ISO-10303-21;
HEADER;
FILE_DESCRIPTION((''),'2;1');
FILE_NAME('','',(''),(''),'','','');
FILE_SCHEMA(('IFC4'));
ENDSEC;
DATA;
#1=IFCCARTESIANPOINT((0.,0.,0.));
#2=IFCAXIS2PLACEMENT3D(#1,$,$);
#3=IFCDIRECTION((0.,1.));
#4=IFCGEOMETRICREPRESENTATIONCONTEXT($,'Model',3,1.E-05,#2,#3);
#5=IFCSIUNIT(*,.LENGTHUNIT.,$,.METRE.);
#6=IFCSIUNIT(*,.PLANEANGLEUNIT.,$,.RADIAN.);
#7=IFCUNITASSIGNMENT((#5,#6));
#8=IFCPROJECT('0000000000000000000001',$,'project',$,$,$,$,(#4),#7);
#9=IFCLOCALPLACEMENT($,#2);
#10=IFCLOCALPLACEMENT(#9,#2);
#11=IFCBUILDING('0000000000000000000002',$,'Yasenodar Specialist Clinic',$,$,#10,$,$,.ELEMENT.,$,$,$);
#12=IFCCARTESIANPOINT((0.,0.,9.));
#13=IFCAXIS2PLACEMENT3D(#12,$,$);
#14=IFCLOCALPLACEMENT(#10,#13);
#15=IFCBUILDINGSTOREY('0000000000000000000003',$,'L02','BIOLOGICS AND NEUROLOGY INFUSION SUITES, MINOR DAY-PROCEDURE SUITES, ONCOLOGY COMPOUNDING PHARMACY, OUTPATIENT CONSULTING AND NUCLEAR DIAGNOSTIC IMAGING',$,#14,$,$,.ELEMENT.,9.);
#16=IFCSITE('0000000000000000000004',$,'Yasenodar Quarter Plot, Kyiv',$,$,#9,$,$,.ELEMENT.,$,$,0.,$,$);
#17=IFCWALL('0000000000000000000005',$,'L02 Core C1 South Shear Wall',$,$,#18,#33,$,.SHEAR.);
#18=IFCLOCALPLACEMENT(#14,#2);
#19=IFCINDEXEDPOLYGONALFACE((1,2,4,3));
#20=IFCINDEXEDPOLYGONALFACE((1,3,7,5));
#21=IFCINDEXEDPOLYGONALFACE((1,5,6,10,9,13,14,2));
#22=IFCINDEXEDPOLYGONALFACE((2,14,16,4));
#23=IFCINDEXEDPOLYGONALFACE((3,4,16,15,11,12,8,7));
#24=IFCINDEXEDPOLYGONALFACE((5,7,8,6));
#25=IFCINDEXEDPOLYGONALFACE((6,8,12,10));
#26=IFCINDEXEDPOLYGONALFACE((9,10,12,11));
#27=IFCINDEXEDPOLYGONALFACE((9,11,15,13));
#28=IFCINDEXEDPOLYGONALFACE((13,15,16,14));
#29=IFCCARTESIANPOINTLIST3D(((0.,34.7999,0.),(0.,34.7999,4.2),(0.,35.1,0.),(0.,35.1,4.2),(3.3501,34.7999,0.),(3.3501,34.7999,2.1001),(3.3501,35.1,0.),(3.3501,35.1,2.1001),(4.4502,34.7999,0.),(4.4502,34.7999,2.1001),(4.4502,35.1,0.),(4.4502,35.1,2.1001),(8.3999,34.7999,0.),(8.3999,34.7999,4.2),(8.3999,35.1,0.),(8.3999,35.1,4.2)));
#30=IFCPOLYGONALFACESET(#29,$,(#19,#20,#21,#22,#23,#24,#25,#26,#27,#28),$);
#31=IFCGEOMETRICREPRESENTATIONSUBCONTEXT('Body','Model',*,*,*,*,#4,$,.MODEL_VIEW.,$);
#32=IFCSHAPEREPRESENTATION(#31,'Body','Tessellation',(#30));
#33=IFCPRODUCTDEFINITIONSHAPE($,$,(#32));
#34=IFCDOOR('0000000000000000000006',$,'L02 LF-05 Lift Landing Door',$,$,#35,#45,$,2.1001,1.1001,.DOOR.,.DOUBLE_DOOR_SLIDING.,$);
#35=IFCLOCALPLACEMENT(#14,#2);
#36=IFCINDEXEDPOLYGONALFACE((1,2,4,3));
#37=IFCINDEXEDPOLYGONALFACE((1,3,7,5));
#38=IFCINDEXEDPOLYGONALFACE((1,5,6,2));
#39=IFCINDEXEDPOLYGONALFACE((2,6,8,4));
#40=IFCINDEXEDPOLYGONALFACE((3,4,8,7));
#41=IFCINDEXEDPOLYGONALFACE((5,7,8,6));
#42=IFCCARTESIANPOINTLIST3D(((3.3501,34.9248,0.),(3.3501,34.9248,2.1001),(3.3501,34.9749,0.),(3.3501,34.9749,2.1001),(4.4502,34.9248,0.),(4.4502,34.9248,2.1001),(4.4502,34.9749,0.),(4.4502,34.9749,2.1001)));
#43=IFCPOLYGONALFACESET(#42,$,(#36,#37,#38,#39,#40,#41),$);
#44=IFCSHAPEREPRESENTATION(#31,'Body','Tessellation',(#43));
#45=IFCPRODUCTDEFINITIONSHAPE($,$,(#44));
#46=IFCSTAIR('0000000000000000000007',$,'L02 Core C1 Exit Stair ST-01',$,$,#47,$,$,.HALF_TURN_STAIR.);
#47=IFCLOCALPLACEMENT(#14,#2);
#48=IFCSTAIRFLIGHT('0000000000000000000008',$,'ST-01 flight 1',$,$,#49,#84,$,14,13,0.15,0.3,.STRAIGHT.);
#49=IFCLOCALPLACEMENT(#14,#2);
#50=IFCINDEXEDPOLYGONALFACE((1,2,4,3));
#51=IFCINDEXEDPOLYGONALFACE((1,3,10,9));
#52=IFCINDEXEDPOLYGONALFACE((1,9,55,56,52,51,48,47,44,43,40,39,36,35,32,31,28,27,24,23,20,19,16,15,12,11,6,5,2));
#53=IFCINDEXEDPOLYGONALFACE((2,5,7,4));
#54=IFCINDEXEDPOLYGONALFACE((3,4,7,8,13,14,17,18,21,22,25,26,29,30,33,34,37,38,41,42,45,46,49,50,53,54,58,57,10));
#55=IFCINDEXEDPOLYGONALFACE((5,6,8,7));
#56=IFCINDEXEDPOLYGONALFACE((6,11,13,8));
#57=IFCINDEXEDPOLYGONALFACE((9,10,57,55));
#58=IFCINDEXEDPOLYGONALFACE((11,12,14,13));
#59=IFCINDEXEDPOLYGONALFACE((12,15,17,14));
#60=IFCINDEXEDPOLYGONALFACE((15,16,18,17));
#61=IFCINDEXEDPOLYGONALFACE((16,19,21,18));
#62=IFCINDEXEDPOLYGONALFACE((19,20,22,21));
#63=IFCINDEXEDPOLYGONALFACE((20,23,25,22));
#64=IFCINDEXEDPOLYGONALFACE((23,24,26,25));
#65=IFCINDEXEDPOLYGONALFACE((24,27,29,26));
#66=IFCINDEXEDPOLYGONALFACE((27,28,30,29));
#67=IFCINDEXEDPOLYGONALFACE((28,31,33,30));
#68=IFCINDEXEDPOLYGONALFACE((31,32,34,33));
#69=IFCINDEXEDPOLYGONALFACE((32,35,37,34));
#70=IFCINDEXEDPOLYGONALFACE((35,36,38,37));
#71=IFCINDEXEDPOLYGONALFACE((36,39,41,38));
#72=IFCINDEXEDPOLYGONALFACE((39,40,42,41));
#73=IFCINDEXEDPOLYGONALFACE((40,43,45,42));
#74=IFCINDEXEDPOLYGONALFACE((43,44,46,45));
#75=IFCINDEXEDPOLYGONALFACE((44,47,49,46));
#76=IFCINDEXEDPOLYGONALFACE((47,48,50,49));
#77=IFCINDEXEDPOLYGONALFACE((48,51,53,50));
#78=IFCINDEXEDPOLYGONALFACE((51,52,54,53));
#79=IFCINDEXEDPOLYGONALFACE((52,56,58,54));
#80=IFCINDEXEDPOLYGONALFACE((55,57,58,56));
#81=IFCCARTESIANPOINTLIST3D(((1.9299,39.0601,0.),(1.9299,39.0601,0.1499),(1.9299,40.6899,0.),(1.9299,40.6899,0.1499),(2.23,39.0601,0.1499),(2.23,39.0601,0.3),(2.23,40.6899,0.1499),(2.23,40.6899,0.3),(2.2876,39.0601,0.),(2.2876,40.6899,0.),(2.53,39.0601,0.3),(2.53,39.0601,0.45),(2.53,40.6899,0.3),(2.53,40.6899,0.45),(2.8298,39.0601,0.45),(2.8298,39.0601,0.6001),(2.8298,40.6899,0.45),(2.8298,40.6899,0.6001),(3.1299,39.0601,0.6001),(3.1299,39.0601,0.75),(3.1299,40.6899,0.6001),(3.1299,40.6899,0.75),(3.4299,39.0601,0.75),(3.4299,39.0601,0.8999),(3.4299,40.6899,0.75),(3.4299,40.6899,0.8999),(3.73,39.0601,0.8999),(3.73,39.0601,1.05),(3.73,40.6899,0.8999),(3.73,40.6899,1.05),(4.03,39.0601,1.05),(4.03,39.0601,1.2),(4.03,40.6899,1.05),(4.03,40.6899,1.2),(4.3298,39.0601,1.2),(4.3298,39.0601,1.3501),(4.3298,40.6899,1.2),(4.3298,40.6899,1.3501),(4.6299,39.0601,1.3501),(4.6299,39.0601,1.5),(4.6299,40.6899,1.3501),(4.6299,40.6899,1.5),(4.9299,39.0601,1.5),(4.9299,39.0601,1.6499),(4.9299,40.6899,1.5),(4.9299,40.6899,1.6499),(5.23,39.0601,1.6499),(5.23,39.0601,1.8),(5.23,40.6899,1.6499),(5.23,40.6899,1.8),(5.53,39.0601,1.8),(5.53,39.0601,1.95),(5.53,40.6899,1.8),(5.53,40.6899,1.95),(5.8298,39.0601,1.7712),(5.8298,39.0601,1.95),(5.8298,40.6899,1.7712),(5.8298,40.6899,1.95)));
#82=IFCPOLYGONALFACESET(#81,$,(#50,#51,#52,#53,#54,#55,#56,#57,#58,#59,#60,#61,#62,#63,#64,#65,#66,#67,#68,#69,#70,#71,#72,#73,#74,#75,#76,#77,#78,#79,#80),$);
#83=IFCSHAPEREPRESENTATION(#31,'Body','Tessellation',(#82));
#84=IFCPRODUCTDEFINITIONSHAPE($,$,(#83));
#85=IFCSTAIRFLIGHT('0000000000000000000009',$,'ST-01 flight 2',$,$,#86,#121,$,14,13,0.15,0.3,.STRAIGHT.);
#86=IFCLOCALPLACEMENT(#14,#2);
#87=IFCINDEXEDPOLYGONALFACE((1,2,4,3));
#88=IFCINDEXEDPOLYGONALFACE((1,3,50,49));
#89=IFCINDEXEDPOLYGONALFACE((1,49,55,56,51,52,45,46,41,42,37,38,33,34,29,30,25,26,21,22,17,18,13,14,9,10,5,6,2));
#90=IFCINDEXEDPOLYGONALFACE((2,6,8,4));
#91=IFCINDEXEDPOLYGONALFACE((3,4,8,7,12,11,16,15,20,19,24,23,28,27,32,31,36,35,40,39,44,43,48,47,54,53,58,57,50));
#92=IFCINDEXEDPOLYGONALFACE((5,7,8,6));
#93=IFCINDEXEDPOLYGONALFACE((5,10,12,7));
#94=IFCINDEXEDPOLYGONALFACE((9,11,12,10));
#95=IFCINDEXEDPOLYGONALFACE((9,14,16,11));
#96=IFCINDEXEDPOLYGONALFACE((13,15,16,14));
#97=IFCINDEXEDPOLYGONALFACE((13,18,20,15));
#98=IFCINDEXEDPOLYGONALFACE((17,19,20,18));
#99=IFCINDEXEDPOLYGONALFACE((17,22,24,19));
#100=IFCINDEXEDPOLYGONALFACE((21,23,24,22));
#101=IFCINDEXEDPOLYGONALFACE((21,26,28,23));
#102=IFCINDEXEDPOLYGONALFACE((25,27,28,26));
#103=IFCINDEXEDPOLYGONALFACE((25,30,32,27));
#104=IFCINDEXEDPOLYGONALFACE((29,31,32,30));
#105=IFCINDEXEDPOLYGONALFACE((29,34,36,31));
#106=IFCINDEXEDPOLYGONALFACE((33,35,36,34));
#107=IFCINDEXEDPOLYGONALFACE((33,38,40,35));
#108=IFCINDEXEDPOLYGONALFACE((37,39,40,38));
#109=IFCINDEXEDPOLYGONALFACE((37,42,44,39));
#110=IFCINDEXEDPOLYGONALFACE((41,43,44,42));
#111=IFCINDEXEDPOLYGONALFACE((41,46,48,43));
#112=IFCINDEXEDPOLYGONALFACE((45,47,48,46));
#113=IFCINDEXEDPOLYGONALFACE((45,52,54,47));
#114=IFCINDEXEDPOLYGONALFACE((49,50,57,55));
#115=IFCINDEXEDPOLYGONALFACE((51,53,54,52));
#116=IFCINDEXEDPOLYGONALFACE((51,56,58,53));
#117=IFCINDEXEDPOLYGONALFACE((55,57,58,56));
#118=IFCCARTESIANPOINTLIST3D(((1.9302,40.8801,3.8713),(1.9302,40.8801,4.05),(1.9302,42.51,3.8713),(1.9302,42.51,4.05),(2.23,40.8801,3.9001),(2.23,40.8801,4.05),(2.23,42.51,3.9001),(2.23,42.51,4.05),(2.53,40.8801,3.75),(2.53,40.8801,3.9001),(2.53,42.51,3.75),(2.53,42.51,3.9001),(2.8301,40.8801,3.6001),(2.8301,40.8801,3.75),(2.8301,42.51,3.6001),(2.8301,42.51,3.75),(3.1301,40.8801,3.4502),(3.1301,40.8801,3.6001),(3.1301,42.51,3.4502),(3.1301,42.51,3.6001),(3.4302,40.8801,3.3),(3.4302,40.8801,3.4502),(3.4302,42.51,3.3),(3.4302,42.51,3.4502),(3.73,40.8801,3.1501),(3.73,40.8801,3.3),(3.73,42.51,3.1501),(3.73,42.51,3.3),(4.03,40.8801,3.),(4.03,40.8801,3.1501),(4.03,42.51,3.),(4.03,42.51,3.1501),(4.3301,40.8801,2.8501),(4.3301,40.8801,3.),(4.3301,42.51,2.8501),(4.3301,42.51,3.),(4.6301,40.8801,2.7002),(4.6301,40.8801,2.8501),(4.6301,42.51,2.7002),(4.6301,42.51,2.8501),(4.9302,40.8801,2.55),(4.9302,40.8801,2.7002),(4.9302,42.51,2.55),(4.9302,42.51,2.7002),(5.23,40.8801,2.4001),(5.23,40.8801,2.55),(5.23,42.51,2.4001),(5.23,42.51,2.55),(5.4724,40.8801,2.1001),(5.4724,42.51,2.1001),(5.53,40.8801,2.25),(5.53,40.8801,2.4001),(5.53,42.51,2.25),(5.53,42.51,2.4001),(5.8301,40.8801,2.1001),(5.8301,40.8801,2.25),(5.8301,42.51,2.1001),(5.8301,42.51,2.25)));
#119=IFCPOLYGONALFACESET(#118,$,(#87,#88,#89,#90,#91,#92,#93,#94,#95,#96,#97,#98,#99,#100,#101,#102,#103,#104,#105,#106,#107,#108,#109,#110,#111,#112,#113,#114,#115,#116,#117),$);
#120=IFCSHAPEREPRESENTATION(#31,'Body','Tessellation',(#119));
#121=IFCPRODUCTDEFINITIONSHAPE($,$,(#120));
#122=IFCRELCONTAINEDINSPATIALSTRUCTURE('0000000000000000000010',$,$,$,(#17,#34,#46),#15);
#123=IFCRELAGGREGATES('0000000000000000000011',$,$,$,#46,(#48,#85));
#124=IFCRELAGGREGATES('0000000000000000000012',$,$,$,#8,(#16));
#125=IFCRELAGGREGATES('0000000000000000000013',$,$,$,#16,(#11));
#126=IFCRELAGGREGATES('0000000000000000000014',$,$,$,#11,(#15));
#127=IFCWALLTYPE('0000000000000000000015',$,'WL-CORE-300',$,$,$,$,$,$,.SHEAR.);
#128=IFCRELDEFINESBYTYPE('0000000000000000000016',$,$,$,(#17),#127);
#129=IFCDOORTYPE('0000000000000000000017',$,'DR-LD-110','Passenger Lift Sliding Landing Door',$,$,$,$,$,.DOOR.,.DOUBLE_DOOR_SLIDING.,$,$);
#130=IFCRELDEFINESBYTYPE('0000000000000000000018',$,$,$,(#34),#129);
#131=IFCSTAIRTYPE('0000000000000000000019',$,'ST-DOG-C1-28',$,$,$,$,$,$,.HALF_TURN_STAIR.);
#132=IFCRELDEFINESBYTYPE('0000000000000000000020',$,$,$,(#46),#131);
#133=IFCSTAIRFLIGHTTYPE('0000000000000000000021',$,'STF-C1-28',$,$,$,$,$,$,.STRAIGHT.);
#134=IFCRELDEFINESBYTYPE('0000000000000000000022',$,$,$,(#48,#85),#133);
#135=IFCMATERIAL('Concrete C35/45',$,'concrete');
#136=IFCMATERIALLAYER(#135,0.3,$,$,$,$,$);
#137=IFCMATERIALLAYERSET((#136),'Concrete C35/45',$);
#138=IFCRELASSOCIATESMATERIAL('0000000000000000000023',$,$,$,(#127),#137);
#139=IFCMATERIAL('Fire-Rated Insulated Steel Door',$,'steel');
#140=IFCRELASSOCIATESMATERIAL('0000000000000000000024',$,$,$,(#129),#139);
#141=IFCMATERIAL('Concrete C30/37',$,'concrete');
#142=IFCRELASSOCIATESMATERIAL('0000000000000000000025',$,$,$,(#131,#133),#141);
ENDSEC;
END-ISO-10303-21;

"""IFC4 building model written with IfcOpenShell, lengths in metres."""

from ifc_helpers import new_model, si_unit, direction, frame, frame_2d, origin, place, context, subcontext, project, spatial, polyline, rectangle, outline, extrude, material, layer, layer_set, type_object, element, fill, aggregate, save


model = new_model("IFC4")

# Units and contexts
model_context = context("Model", 3, precision=1e-05, world=origin(), true_north=direction((0.0, 1.0)))
body_context = subcontext(model_context, "Body", "Model", "MODEL_VIEW")
ifc_project = project(units=[si_unit("LENGTHUNIT", "METRE"), si_unit("PLANEANGLEUNIT", "RADIAN")], contexts=[model_context])

# Site, building, storey
site_placement = place(None, origin())
site = spatial("IfcSite", under=ifc_project, at=site_placement, Name="Yasenodar Quarter Plot, Kyiv", CompositionType="ELEMENT", RefElevation=0.0)
building_placement = place(site_placement, origin())
building = spatial("IfcBuilding", under=site, at=building_placement, Name="Yasenodar Specialist Clinic", CompositionType="ELEMENT")
storey_placement = place(building_placement, frame((0.0, 0.0, 9.0)))
storey = spatial("IfcBuildingStorey", under=building, at=storey_placement, Name="L02", Description="BIOLOGICS AND NEUROLOGY INFUSION SUITES, MINOR DAY-PROCEDURE SUITES, ONCOLOGY COMPOUNDING PHARMACY, OUTPATIENT CONSULTING AND NUCLEAR DIAGNOSTIC IMAGING", CompositionType="ELEMENT", Elevation=9.0)

# Shared definitions
ifc_material_1 = material(Name="Concrete C35/45", Category="concrete")
ifc_material_2 = material(Name="Fire-Rated Insulated Steel Door", Category="steel")

# Shared definitions
ifc_layer_1 = layer(ifc_material_1, 0.3)
ifc_layer_set_1 = layer_set([ifc_layer_1], Name="Concrete C35/45")
wall_type_1 = type_object("IfcWallType", Name="WL-CORE-300", PredefinedType="SHEAR", material=ifc_layer_set_1)

# Wall, opening, door
wall_1_placement = place(storey_placement, frame((0.0, 34.95, 0.0), z_axis=(0.0, 0.0, 1.0), x_axis=(1.0, 0.0, 0.0)))
wall_1 = element("IfcWall", 1, at=wall_1_placement, inside=storey, type_object=wall_type_1, Name="L02 Core C1 South Shear Wall", PredefinedType="SHEAR", context=body_context, shape_type="SweptSolid", body=[
    extrude(rectangle(XDim=8.3999, YDim=0.3, at=frame_2d((4.2, 0.0))), origin(), (0.0, 0.0, 1.0), 4.2),
])
opening_1_placement = place(wall_1_placement, frame((3.3501, 0.0, 0.0)))
opening_1 = element("IfcOpeningElement", 2, at=opening_1_placement, cuts=wall_1, PredefinedType="OPENING", context=body_context, shape_type="SweptSolid", body=[
    extrude(rectangle(XDim=1.1001, YDim=2.1001, at=frame_2d((0.55, 1.05))), frame((0.0, 0.1602, 0.0), z_axis=(0.0, -1.0, 0.0), x_axis=(1.0, 0.0, 0.0)), (0.0, 0.0, 1.0), 0.3201),
])
door_type_1 = type_object("IfcDoorType", Name="DR-LD-110", Description="Passenger Lift Sliding Landing Door", OperationType="DOUBLE_DOOR_SLIDING", PredefinedType="DOOR", material=ifc_material_2)
door_1_placement = place(opening_1_placement, origin())
door_1 = element("IfcDoor", 3, at=door_1_placement, inside=storey, type_object=door_type_1, Name="L02 LF-05 Lift Landing Door", OperationType="DOUBLE_DOOR_SLIDING", OverallHeight=2.1001, OverallWidth=1.1001, PredefinedType="DOOR", context=body_context, shape_type="SweptSolid", body=[
    extrude(rectangle(XDim=1.1001, YDim=2.1001, at=frame_2d((0.55, 1.05))), frame((0.0, 0.0249, 0.0), z_axis=(0.0, -1.0, 0.0), x_axis=(1.0, 0.0, 0.0)), (0.0, 0.0, 1.0), 0.05),
])
fill(opening_1, door_1)

# Stair, stair flights
ifc_material_3 = material(Name="Concrete C30/37", Category="concrete")
stair_type = type_object("IfcStairType", Name="ST-DOG-C1-28", PredefinedType="HALF_TURN_STAIR", material=ifc_material_3)
stair_placement = place(storey_placement, origin())
stair = element("IfcStair", 4, at=stair_placement, inside=storey, type_object=stair_type, Name="L02 Core C1 Exit Stair ST-01", PredefinedType="HALF_TURN_STAIR")
stair_flight_type = type_object("IfcStairFlightType", Name="STF-C1-28", PredefinedType="STRAIGHT", material=ifc_material_3)
stair_flight_1_placement = place(storey_placement, frame((1.9299, 39.875, 0.0), z_axis=(0.0, 0.0, 1.0), x_axis=(1.0, 0.0, 0.0)))
stair_flight_1 = element("IfcStairFlight", 5, at=stair_flight_1_placement, type_object=stair_flight_type, Name="ST-01 flight 1", NumberOfRisers=14, NumberOfTreads=13, PredefinedType="STRAIGHT", RiserHeight=0.15, TreadLength=0.3, context=body_context, shape_type="SweptSolid", body=[
    extrude(outline(polyline([(0.0, 0.0), (0.0, 0.1499), (0.3, 0.1499), (0.3, 0.3), (0.6001, 0.3), (0.6001, 0.45), (0.8999, 0.45), (0.8999, 0.6001), (1.2, 0.6001), (1.2, 0.75), (1.5, 0.75), (1.5, 0.8999), (1.8, 0.8999), (1.8, 1.05), (2.1001, 1.05), (2.1001, 1.2), (2.3999, 1.2), (2.3999, 1.3501), (2.7, 1.3501), (2.7, 1.5), (3.0, 1.5), (3.0, 1.6499), (3.3, 1.6499), (3.3, 1.8), (3.6001, 1.8), (3.6001, 1.95), (3.8999, 1.95), (3.8999, 2.1001), (3.8999, 1.7712), (0.3577, 0.0), (0.0, 0.0)])), frame((0.0, 0.8149, 0.0), z_axis=(0.0, -1.0, 0.0), x_axis=(1.0, 0.0, 0.0)), (0.0, 0.0, 1.0), 1.6299),
])
stair_flight_2_placement = place(storey_placement, frame((5.8301, 41.6951, 2.1001), z_axis=(0.0, 0.0, 1.0), x_axis=(-1.0, 0.0, 0.0)))
stair_flight_2 = element("IfcStairFlight", 6, at=stair_flight_2_placement, type_object=stair_flight_type, Name="ST-01 flight 2", NumberOfRisers=14, NumberOfTreads=13, PredefinedType="STRAIGHT", RiserHeight=0.15, TreadLength=0.3, context=body_context, shape_type="SweptSolid", body=[
    extrude(outline(polyline([(0.0, 0.0), (0.0, 0.1499), (0.3, 0.1499), (0.3, 0.3), (0.6001, 0.3), (0.6001, 0.45), (0.8999, 0.45), (0.8999, 0.6001), (1.2, 0.6001), (1.2, 0.75), (1.5, 0.75), (1.5, 0.8999), (1.8, 0.8999), (1.8, 1.05), (2.1001, 1.05), (2.1001, 1.2), (2.3999, 1.2), (2.3999, 1.3501), (2.7, 1.3501), (2.7, 1.5), (3.0, 1.5), (3.0, 1.6499), (3.3, 1.6499), (3.3, 1.8), (3.6001, 1.8), (3.6001, 1.95), (3.8999, 1.95), (3.8999, 2.1001), (3.8999, 1.7712), (0.3577, 0.0), (0.0, 0.0)])), frame((0.0, 0.8149, 0.0), z_axis=(0.0, -1.0, 0.0), x_axis=(1.0, 0.0, 0.0)), (0.0, 0.0, 1.0), 1.6299),
])
aggregate(stair, [stair_flight_1, stair_flight_2])

save(model, "model.ifc")
